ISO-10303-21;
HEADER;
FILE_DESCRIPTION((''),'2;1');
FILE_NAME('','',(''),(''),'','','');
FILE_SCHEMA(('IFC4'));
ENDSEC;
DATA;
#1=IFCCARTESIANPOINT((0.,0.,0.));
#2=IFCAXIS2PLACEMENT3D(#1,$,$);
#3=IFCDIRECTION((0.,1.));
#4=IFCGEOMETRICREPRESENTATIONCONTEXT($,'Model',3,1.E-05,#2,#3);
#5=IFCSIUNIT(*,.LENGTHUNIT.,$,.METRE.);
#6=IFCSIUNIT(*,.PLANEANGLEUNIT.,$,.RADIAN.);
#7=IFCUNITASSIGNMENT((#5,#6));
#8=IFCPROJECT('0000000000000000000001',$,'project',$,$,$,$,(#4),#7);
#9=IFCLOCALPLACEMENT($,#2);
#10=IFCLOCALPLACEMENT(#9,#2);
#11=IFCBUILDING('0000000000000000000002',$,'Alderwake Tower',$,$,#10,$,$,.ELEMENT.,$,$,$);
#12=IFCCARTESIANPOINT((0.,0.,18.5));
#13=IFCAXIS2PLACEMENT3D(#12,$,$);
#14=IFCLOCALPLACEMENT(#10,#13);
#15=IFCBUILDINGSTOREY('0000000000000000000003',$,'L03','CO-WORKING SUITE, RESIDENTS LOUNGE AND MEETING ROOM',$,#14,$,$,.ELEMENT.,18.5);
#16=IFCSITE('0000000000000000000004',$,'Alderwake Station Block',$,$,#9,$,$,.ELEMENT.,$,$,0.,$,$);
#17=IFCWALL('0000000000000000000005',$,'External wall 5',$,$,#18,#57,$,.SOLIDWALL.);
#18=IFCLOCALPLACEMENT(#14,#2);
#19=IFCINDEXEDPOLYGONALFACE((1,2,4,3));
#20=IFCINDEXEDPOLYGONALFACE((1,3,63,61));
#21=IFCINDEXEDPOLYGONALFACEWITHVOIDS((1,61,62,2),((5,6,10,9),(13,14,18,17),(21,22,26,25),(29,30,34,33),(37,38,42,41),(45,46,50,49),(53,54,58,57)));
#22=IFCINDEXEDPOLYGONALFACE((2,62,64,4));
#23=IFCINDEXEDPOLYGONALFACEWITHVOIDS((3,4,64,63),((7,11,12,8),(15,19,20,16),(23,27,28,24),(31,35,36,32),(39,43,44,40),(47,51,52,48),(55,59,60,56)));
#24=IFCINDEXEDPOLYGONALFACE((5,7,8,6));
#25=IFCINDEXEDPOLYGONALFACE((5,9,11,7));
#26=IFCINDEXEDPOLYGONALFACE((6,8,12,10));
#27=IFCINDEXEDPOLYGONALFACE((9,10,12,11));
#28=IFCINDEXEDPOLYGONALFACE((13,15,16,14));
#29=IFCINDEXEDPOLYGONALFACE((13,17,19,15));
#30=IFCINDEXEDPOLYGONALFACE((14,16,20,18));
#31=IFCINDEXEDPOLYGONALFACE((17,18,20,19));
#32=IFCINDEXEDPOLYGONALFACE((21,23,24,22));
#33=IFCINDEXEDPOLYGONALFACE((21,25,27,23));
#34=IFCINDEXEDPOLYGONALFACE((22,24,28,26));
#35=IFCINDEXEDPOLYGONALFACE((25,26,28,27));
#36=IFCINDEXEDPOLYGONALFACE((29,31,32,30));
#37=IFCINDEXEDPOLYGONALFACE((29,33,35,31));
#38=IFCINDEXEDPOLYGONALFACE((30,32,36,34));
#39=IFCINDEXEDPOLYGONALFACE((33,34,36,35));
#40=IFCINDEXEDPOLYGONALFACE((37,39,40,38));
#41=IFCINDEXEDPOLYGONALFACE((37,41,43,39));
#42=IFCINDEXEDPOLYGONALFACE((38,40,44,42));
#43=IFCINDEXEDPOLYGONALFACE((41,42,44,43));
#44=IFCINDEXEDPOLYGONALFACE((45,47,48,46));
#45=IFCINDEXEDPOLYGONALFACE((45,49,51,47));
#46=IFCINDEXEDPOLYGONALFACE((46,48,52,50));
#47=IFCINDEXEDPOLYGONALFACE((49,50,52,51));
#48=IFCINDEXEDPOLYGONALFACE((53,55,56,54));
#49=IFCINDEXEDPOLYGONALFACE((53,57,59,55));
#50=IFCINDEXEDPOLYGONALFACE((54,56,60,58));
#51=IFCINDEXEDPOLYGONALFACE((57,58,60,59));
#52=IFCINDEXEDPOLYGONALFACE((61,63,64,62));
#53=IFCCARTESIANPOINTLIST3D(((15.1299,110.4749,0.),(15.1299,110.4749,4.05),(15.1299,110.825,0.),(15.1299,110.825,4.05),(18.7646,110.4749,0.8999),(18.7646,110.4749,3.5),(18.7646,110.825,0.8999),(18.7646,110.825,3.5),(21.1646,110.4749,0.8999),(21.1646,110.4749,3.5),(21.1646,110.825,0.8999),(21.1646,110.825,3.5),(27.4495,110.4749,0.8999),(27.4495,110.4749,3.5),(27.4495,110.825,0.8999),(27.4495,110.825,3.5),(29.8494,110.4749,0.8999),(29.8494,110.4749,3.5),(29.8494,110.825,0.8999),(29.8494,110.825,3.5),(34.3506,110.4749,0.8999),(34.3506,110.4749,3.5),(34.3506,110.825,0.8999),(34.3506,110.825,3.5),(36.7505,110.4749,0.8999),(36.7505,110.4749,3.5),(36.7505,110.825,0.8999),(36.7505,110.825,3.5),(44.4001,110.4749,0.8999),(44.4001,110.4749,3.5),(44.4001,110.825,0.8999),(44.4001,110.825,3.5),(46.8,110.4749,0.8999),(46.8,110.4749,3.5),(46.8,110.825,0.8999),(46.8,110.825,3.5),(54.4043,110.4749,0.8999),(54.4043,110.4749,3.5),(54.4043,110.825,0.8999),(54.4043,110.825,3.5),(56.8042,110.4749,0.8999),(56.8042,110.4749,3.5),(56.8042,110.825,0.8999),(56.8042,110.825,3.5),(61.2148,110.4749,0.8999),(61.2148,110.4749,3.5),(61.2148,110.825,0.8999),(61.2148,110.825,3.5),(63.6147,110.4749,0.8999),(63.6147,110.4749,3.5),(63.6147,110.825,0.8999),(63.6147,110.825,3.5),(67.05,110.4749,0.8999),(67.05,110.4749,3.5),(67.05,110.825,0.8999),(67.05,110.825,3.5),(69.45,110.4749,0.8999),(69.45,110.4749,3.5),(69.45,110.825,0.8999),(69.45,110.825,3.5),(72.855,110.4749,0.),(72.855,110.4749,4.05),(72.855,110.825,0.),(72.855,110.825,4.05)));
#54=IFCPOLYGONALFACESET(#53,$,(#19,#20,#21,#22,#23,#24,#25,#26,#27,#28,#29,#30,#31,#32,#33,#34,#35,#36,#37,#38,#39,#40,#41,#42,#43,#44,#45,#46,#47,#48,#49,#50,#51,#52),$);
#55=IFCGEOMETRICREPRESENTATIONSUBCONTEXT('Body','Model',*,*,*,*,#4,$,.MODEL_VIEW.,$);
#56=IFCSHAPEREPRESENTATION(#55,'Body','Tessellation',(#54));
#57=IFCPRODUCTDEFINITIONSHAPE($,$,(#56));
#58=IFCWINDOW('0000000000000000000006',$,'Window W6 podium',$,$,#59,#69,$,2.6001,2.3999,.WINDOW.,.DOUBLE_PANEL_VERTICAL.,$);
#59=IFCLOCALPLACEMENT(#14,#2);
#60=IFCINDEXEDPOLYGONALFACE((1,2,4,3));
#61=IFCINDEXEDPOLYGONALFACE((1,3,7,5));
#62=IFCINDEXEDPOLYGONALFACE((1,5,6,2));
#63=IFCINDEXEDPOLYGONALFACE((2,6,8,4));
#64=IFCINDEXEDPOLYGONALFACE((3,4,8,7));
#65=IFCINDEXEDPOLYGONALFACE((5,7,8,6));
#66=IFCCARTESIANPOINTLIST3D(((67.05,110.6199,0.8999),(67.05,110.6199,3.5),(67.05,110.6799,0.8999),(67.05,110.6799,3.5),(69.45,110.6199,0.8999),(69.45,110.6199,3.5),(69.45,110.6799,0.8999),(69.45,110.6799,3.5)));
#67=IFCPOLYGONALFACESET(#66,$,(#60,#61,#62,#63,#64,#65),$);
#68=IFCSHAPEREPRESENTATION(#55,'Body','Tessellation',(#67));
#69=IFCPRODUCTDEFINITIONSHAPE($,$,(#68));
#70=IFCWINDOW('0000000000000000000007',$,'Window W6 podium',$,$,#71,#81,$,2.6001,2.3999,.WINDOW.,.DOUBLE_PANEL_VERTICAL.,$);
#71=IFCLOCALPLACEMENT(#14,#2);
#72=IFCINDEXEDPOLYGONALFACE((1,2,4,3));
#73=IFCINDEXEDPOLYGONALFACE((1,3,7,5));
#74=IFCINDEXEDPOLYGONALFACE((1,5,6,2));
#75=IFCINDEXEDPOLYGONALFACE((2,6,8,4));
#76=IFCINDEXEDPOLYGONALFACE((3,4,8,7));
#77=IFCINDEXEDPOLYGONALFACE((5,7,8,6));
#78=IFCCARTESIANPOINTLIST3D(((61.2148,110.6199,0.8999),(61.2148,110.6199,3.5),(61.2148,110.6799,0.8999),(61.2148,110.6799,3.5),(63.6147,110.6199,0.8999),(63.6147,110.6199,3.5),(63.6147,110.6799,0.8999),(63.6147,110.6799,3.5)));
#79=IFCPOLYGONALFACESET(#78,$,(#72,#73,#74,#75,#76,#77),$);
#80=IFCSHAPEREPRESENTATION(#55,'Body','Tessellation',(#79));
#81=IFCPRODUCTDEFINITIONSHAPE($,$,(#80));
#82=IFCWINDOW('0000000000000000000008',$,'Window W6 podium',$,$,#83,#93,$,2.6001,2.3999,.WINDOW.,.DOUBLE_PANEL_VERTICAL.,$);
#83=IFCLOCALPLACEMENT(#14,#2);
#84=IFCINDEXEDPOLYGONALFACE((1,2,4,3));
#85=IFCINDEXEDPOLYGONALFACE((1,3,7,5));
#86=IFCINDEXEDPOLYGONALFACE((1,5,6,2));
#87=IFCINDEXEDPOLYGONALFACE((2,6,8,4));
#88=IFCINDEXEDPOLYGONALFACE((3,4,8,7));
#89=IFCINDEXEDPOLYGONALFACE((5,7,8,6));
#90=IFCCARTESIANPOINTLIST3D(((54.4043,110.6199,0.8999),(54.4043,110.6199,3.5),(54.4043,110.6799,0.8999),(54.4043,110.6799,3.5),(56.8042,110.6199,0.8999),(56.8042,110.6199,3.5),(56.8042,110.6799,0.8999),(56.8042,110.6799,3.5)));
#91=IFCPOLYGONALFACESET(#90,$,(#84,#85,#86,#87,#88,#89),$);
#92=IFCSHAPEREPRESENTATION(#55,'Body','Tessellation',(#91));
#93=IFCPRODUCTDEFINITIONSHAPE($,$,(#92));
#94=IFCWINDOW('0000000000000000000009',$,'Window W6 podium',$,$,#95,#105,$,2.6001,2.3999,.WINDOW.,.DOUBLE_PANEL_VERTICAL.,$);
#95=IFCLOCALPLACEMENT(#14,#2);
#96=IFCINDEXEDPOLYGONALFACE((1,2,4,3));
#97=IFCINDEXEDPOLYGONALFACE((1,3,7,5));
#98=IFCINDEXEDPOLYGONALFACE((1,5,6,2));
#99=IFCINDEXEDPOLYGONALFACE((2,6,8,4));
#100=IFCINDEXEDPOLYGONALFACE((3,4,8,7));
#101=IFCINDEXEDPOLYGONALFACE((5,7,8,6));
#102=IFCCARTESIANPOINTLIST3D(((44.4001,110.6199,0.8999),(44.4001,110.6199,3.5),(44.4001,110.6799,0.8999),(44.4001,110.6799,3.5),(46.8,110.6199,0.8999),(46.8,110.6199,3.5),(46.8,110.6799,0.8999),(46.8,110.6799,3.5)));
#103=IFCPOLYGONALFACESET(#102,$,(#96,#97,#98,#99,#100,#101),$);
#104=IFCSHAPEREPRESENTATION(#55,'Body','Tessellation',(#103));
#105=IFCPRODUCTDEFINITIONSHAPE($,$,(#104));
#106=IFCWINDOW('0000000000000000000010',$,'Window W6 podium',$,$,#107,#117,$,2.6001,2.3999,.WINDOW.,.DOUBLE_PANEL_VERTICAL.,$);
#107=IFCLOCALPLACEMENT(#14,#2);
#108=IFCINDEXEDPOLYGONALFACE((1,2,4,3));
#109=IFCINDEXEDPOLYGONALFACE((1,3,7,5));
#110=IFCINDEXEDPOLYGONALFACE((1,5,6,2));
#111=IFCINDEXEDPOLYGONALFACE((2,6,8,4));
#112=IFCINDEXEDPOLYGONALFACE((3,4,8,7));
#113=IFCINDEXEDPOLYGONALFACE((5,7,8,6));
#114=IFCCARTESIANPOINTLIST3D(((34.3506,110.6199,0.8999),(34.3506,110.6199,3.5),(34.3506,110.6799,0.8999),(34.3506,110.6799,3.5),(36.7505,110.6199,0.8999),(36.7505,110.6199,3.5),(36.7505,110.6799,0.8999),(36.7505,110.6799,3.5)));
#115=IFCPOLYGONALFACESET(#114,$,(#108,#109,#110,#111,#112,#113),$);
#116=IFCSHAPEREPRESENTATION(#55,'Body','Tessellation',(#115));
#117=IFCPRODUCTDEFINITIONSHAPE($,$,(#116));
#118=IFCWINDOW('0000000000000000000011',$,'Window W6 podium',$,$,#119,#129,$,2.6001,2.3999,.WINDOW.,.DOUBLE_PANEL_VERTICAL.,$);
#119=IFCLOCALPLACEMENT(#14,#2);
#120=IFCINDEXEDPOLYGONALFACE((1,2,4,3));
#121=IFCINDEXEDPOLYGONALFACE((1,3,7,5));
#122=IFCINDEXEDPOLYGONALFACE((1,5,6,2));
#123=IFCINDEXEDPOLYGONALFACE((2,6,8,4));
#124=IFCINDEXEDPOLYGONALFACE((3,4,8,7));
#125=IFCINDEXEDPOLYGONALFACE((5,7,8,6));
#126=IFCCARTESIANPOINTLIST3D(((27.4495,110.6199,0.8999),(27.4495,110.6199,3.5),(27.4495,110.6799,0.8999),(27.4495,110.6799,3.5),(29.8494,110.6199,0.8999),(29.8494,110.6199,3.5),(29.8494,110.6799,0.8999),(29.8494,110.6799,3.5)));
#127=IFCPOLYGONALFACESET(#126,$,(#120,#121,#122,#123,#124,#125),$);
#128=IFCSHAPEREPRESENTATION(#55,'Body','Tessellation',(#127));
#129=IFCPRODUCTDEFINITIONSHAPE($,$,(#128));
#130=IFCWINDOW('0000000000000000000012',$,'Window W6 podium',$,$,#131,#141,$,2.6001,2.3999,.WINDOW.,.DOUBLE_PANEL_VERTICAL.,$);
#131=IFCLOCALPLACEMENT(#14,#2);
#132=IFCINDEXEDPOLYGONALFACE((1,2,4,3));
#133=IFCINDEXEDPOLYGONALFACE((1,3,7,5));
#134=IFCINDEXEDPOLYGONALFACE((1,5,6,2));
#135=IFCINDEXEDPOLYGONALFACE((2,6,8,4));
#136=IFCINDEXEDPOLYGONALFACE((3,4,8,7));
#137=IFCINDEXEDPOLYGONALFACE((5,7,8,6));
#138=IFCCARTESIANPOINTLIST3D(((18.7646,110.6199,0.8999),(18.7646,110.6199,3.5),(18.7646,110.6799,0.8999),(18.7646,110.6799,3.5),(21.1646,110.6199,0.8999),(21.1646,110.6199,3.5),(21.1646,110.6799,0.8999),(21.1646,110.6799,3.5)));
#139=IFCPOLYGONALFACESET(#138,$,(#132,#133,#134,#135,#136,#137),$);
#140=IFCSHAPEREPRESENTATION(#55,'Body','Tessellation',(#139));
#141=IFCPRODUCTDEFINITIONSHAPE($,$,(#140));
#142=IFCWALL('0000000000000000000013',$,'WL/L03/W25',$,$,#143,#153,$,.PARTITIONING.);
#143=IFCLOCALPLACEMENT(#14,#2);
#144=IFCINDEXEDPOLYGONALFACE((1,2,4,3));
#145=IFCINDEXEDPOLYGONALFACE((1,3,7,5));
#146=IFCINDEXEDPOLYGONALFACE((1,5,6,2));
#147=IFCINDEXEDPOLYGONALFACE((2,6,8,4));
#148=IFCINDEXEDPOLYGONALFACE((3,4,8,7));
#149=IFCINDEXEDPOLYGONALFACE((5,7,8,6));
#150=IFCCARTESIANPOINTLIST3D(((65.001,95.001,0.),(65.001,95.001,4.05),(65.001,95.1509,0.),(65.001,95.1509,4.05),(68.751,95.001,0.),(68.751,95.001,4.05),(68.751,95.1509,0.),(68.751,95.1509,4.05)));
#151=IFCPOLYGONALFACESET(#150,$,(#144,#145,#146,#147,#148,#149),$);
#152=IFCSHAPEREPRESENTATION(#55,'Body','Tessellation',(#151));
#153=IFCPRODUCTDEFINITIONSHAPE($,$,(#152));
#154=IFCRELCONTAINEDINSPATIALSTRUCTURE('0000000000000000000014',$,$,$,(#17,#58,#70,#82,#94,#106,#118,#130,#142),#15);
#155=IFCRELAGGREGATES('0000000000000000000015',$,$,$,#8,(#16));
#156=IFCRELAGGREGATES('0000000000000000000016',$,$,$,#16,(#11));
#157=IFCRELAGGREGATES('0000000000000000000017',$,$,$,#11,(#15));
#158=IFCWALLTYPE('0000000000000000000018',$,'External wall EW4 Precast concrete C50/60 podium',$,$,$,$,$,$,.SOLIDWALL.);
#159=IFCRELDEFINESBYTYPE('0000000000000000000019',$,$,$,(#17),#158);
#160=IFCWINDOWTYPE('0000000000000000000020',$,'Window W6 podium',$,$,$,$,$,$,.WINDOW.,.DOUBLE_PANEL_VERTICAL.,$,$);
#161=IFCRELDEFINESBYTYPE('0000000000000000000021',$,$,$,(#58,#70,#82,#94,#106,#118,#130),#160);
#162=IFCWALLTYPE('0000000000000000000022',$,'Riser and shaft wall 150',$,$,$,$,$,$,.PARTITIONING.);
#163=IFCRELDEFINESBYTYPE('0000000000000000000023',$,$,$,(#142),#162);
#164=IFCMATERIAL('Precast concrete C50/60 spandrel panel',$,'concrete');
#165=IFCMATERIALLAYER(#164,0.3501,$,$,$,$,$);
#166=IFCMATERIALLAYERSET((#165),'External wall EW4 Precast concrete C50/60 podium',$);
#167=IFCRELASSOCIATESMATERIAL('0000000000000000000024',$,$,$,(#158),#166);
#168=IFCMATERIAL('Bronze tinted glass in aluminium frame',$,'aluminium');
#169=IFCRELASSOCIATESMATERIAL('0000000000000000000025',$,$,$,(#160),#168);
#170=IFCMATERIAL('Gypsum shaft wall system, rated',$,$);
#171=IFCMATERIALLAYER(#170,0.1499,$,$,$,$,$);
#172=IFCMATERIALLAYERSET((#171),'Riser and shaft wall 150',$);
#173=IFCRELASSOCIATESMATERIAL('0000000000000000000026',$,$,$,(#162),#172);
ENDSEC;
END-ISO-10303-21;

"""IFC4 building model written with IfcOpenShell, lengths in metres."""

from ifc_helpers import new_model, si_unit, direction, frame, frame_2d, origin, place, context, subcontext, project, spatial, rectangle, extrude, material, layer, layer_set, type_object, element, fill, save


model = new_model("IFC4")

# Units and contexts
model_context = context("Model", 3, precision=1e-05, world=origin(), true_north=direction((0.0, 1.0)))
body_context = subcontext(model_context, "Body", "Model", "MODEL_VIEW")
ifc_project = project(units=[si_unit("LENGTHUNIT", "METRE"), si_unit("PLANEANGLEUNIT", "RADIAN")], contexts=[model_context])

# Site, building, storey
site_placement = place(None, origin())
site = spatial("IfcSite", under=ifc_project, at=site_placement, Name="Alderwake Station Block", CompositionType="ELEMENT", RefElevation=0.0)
building_placement = place(site_placement, origin())
building = spatial("IfcBuilding", under=site, at=building_placement, Name="Alderwake Tower", CompositionType="ELEMENT")
storey_placement = place(building_placement, frame((0.0, 0.0, 18.5)))
storey = spatial("IfcBuildingStorey", under=building, at=storey_placement, Name="L03", Description="CO-WORKING SUITE, RESIDENTS LOUNGE AND MEETING ROOM", CompositionType="ELEMENT", Elevation=18.5)

# Shared definitions
ifc_material_1 = material(Name="Precast concrete C50/60 spandrel panel", Category="concrete")
ifc_layer_1 = layer(ifc_material_1, 0.3501)
ifc_layer_set_1 = layer_set([ifc_layer_1], Name="External wall EW4 Precast concrete C50/60 podium")
wall_type_1 = type_object("IfcWallType", Name="External wall EW4 Precast concrete C50/60 podium", PredefinedType="SOLIDWALL", material=ifc_layer_set_1)
ifc_material_2 = material(Name="Bronze tinted glass in aluminium frame", Category="aluminium")
window_type = type_object("IfcWindowType", Name="Window W6 podium", PartitioningType="DOUBLE_PANEL_VERTICAL", PredefinedType="WINDOW", material=ifc_material_2)

# Wall, openings, windows
wall_1_placement = place(storey_placement, frame((72.855, 110.6499, 0.0), z_axis=(0.0, 0.0, 1.0), x_axis=(-1.0, 0.0, 0.0)))
wall_1 = element("IfcWall", 1, at=wall_1_placement, inside=storey, type_object=wall_type_1, Name="External wall 5", PredefinedType="SOLIDWALL", context=body_context, shape_type="SweptSolid", body=[
    extrude(rectangle(XDim=57.7251, YDim=0.3501, at=frame_2d((28.8625, 0.0))), origin(), (0.0, 0.0, 1.0), 4.05),
])
opening_1_placement = place(wall_1_placement, frame((3.405, 0.0, 0.8999)))
opening_1 = element("IfcOpeningElement", 2, at=opening_1_placement, cuts=wall_1, PredefinedType="OPENING", context=body_context, shape_type="SweptSolid", body=[
    extrude(rectangle(XDim=2.3999, YDim=2.6001, at=frame_2d((1.2, 1.3))), frame((0.0, 0.1851, 0.0), z_axis=(0.0, -1.0, 0.0), x_axis=(1.0, 0.0, 0.0)), (0.0, 0.0, 1.0), 0.3701),
])
opening_2_placement = place(wall_1_placement, frame((9.2402, 0.0, 0.8999)))
opening_2 = element("IfcOpeningElement", 3, at=opening_2_placement, cuts=wall_1, PredefinedType="OPENING", context=body_context, shape_type="SweptSolid", body=[
    extrude(rectangle(XDim=2.3999, YDim=2.6001, at=frame_2d((1.2, 1.3))), frame((0.0, 0.1851, 0.0), z_axis=(0.0, -1.0, 0.0), x_axis=(1.0, 0.0, 0.0)), (0.0, 0.0, 1.0), 0.3701),
])
opening_3_placement = place(wall_1_placement, frame((16.0508, 0.0, 0.8999)))
opening_3 = element("IfcOpeningElement", 4, at=opening_3_placement, cuts=wall_1, PredefinedType="OPENING", context=body_context, shape_type="SweptSolid", body=[
    extrude(rectangle(XDim=2.3999, YDim=2.6001, at=frame_2d((1.2, 1.3))), frame((0.0, 0.1851, 0.0), z_axis=(0.0, -1.0, 0.0), x_axis=(1.0, 0.0, 0.0)), (0.0, 0.0, 1.0), 0.3701),
])
opening_4_placement = place(wall_1_placement, frame((26.0549, 0.0, 0.8999)))
opening_4 = element("IfcOpeningElement", 5, at=opening_4_placement, cuts=wall_1, PredefinedType="OPENING", context=body_context, shape_type="SweptSolid", body=[
    extrude(rectangle(XDim=2.3999, YDim=2.6001, at=frame_2d((1.2, 1.3))), frame((0.0, 0.1851, 0.0), z_axis=(0.0, -1.0, 0.0), x_axis=(1.0, 0.0, 0.0)), (0.0, 0.0, 1.0), 0.3701),
])
opening_5_placement = place(wall_1_placement, frame((36.1045, 0.0, 0.8999)))
opening_5 = element("IfcOpeningElement", 6, at=opening_5_placement, cuts=wall_1, PredefinedType="OPENING", context=body_context, shape_type="SweptSolid", body=[
    extrude(rectangle(XDim=2.3999, YDim=2.6001, at=frame_2d((1.2, 1.3))), frame((0.0, 0.1851, 0.0), z_axis=(0.0, -1.0, 0.0), x_axis=(1.0, 0.0, 0.0)), (0.0, 0.0, 1.0), 0.3701),
])
opening_6_placement = place(wall_1_placement, frame((43.0056, 0.0, 0.8999)))
opening_6 = element("IfcOpeningElement", 7, at=opening_6_placement, cuts=wall_1, PredefinedType="OPENING", context=body_context, shape_type="SweptSolid", body=[
    extrude(rectangle(XDim=2.3999, YDim=2.6001, at=frame_2d((1.2, 1.3))), frame((0.0, 0.1851, 0.0), z_axis=(0.0, -1.0, 0.0), x_axis=(1.0, 0.0, 0.0)), (0.0, 0.0, 1.0), 0.3701),
])
opening_7_placement = place(wall_1_placement, frame((51.6904, 0.0, 0.8999)))
opening_7 = element("IfcOpeningElement", 8, at=opening_7_placement, cuts=wall_1, PredefinedType="OPENING", context=body_context, shape_type="SweptSolid", body=[
    extrude(rectangle(XDim=2.3999, YDim=2.6001, at=frame_2d((1.2, 1.3))), frame((0.0, 0.1851, 0.0), z_axis=(0.0, -1.0, 0.0), x_axis=(1.0, 0.0, 0.0)), (0.0, 0.0, 1.0), 0.3701),
])
window_1_placement = place(opening_1_placement, origin())
window_1 = element("IfcWindow", 9, at=window_1_placement, inside=storey, type_object=window_type, Name="Window W6 podium", OverallHeight=2.6001, OverallWidth=2.3999, PartitioningType="DOUBLE_PANEL_VERTICAL", PredefinedType="WINDOW", context=body_context, shape_type="SweptSolid", body=[
    extrude(rectangle(XDim=2.3999, YDim=2.6001, at=frame_2d((1.2, 1.3))), frame((0.0, 0.03, 0.0), z_axis=(0.0, -1.0, 0.0), x_axis=(1.0, 0.0, 0.0)), (0.0, 0.0, 1.0), 0.0601),
])
fill(opening_1, window_1)
window_2_placement = place(opening_2_placement, origin())
window_2 = element("IfcWindow", 10, at=window_2_placement, inside=storey, type_object=window_type, Name="Window W6 podium", OverallHeight=2.6001, OverallWidth=2.3999, PartitioningType="DOUBLE_PANEL_VERTICAL", PredefinedType="WINDOW", context=body_context, shape_type="SweptSolid", body=[
    extrude(rectangle(XDim=2.3999, YDim=2.6001, at=frame_2d((1.2, 1.3))), frame((0.0, 0.03, 0.0), z_axis=(0.0, -1.0, 0.0), x_axis=(1.0, 0.0, 0.0)), (0.0, 0.0, 1.0), 0.0601),
])
fill(opening_2, window_2)
window_3_placement = place(opening_3_placement, origin())
window_3 = element("IfcWindow", 11, at=window_3_placement, inside=storey, type_object=window_type, Name="Window W6 podium", OverallHeight=2.6001, OverallWidth=2.3999, PartitioningType="DOUBLE_PANEL_VERTICAL", PredefinedType="WINDOW", context=body_context, shape_type="SweptSolid", body=[
    extrude(rectangle(XDim=2.3999, YDim=2.6001, at=frame_2d((1.2, 1.3))), frame((0.0, 0.03, 0.0), z_axis=(0.0, -1.0, 0.0), x_axis=(1.0, 0.0, 0.0)), (0.0, 0.0, 1.0), 0.0601),
])
fill(opening_3, window_3)
window_4_placement = place(opening_4_placement, origin())
window_4 = element("IfcWindow", 12, at=window_4_placement, inside=storey, type_object=window_type, Name="Window W6 podium", OverallHeight=2.6001, OverallWidth=2.3999, PartitioningType="DOUBLE_PANEL_VERTICAL", PredefinedType="WINDOW", context=body_context, shape_type="SweptSolid", body=[
    extrude(rectangle(XDim=2.3999, YDim=2.6001, at=frame_2d((1.2, 1.3))), frame((0.0, 0.03, 0.0), z_axis=(0.0, -1.0, 0.0), x_axis=(1.0, 0.0, 0.0)), (0.0, 0.0, 1.0), 0.0601),
])
fill(opening_4, window_4)
window_5_placement = place(opening_5_placement, origin())
window_5 = element("IfcWindow", 13, at=window_5_placement, inside=storey, type_object=window_type, Name="Window W6 podium", OverallHeight=2.6001, OverallWidth=2.3999, PartitioningType="DOUBLE_PANEL_VERTICAL", PredefinedType="WINDOW", context=body_context, shape_type="SweptSolid", body=[
    extrude(rectangle(XDim=2.3999, YDim=2.6001, at=frame_2d((1.2, 1.3))), frame((0.0, 0.03, 0.0), z_axis=(0.0, -1.0, 0.0), x_axis=(1.0, 0.0, 0.0)), (0.0, 0.0, 1.0), 0.0601),
])
fill(opening_5, window_5)
window_6_placement = place(opening_6_placement, origin())
window_6 = element("IfcWindow", 14, at=window_6_placement, inside=storey, type_object=window_type, Name="Window W6 podium", OverallHeight=2.6001, OverallWidth=2.3999, PartitioningType="DOUBLE_PANEL_VERTICAL", PredefinedType="WINDOW", context=body_context, shape_type="SweptSolid", body=[
    extrude(rectangle(XDim=2.3999, YDim=2.6001, at=frame_2d((1.2, 1.3))), frame((0.0, 0.03, 0.0), z_axis=(0.0, -1.0, 0.0), x_axis=(1.0, 0.0, 0.0)), (0.0, 0.0, 1.0), 0.0601),
])
fill(opening_6, window_6)
window_7_placement = place(opening_7_placement, origin())
window_7 = element("IfcWindow", 15, at=window_7_placement, inside=storey, type_object=window_type, Name="Window W6 podium", OverallHeight=2.6001, OverallWidth=2.3999, PartitioningType="DOUBLE_PANEL_VERTICAL", PredefinedType="WINDOW", context=body_context, shape_type="SweptSolid", body=[
    extrude(rectangle(XDim=2.3999, YDim=2.6001, at=frame_2d((1.2, 1.3))), frame((0.0, 0.03, 0.0), z_axis=(0.0, -1.0, 0.0), x_axis=(1.0, 0.0, 0.0)), (0.0, 0.0, 1.0), 0.0601),
])
fill(opening_7, window_7)

# Wall
ifc_material_3 = material(Name="Gypsum shaft wall system, rated")
ifc_layer_2 = layer(ifc_material_3, 0.1499)
ifc_layer_set_2 = layer_set([ifc_layer_2], Name="Riser and shaft wall 150")
wall_type_2 = type_object("IfcWallType", Name="Riser and shaft wall 150", PredefinedType="PARTITIONING", material=ifc_layer_set_2)
wall_2_placement = place(storey_placement, frame((68.751, 95.0759, 0.0), z_axis=(0.0, 0.0, 1.0), x_axis=(-1.0, 0.0, 0.0)))
element("IfcWall", 16, at=wall_2_placement, inside=storey, type_object=wall_type_2, Name="WL/L03/W25", PredefinedType="PARTITIONING", context=body_context, shape_type="SweptSolid", body=[
    extrude(rectangle(XDim=3.75, YDim=0.1499, at=frame_2d((1.875, 0.0))), origin(), (0.0, 0.0, 1.0), 4.05),
])

save(model, "model.ifc")
